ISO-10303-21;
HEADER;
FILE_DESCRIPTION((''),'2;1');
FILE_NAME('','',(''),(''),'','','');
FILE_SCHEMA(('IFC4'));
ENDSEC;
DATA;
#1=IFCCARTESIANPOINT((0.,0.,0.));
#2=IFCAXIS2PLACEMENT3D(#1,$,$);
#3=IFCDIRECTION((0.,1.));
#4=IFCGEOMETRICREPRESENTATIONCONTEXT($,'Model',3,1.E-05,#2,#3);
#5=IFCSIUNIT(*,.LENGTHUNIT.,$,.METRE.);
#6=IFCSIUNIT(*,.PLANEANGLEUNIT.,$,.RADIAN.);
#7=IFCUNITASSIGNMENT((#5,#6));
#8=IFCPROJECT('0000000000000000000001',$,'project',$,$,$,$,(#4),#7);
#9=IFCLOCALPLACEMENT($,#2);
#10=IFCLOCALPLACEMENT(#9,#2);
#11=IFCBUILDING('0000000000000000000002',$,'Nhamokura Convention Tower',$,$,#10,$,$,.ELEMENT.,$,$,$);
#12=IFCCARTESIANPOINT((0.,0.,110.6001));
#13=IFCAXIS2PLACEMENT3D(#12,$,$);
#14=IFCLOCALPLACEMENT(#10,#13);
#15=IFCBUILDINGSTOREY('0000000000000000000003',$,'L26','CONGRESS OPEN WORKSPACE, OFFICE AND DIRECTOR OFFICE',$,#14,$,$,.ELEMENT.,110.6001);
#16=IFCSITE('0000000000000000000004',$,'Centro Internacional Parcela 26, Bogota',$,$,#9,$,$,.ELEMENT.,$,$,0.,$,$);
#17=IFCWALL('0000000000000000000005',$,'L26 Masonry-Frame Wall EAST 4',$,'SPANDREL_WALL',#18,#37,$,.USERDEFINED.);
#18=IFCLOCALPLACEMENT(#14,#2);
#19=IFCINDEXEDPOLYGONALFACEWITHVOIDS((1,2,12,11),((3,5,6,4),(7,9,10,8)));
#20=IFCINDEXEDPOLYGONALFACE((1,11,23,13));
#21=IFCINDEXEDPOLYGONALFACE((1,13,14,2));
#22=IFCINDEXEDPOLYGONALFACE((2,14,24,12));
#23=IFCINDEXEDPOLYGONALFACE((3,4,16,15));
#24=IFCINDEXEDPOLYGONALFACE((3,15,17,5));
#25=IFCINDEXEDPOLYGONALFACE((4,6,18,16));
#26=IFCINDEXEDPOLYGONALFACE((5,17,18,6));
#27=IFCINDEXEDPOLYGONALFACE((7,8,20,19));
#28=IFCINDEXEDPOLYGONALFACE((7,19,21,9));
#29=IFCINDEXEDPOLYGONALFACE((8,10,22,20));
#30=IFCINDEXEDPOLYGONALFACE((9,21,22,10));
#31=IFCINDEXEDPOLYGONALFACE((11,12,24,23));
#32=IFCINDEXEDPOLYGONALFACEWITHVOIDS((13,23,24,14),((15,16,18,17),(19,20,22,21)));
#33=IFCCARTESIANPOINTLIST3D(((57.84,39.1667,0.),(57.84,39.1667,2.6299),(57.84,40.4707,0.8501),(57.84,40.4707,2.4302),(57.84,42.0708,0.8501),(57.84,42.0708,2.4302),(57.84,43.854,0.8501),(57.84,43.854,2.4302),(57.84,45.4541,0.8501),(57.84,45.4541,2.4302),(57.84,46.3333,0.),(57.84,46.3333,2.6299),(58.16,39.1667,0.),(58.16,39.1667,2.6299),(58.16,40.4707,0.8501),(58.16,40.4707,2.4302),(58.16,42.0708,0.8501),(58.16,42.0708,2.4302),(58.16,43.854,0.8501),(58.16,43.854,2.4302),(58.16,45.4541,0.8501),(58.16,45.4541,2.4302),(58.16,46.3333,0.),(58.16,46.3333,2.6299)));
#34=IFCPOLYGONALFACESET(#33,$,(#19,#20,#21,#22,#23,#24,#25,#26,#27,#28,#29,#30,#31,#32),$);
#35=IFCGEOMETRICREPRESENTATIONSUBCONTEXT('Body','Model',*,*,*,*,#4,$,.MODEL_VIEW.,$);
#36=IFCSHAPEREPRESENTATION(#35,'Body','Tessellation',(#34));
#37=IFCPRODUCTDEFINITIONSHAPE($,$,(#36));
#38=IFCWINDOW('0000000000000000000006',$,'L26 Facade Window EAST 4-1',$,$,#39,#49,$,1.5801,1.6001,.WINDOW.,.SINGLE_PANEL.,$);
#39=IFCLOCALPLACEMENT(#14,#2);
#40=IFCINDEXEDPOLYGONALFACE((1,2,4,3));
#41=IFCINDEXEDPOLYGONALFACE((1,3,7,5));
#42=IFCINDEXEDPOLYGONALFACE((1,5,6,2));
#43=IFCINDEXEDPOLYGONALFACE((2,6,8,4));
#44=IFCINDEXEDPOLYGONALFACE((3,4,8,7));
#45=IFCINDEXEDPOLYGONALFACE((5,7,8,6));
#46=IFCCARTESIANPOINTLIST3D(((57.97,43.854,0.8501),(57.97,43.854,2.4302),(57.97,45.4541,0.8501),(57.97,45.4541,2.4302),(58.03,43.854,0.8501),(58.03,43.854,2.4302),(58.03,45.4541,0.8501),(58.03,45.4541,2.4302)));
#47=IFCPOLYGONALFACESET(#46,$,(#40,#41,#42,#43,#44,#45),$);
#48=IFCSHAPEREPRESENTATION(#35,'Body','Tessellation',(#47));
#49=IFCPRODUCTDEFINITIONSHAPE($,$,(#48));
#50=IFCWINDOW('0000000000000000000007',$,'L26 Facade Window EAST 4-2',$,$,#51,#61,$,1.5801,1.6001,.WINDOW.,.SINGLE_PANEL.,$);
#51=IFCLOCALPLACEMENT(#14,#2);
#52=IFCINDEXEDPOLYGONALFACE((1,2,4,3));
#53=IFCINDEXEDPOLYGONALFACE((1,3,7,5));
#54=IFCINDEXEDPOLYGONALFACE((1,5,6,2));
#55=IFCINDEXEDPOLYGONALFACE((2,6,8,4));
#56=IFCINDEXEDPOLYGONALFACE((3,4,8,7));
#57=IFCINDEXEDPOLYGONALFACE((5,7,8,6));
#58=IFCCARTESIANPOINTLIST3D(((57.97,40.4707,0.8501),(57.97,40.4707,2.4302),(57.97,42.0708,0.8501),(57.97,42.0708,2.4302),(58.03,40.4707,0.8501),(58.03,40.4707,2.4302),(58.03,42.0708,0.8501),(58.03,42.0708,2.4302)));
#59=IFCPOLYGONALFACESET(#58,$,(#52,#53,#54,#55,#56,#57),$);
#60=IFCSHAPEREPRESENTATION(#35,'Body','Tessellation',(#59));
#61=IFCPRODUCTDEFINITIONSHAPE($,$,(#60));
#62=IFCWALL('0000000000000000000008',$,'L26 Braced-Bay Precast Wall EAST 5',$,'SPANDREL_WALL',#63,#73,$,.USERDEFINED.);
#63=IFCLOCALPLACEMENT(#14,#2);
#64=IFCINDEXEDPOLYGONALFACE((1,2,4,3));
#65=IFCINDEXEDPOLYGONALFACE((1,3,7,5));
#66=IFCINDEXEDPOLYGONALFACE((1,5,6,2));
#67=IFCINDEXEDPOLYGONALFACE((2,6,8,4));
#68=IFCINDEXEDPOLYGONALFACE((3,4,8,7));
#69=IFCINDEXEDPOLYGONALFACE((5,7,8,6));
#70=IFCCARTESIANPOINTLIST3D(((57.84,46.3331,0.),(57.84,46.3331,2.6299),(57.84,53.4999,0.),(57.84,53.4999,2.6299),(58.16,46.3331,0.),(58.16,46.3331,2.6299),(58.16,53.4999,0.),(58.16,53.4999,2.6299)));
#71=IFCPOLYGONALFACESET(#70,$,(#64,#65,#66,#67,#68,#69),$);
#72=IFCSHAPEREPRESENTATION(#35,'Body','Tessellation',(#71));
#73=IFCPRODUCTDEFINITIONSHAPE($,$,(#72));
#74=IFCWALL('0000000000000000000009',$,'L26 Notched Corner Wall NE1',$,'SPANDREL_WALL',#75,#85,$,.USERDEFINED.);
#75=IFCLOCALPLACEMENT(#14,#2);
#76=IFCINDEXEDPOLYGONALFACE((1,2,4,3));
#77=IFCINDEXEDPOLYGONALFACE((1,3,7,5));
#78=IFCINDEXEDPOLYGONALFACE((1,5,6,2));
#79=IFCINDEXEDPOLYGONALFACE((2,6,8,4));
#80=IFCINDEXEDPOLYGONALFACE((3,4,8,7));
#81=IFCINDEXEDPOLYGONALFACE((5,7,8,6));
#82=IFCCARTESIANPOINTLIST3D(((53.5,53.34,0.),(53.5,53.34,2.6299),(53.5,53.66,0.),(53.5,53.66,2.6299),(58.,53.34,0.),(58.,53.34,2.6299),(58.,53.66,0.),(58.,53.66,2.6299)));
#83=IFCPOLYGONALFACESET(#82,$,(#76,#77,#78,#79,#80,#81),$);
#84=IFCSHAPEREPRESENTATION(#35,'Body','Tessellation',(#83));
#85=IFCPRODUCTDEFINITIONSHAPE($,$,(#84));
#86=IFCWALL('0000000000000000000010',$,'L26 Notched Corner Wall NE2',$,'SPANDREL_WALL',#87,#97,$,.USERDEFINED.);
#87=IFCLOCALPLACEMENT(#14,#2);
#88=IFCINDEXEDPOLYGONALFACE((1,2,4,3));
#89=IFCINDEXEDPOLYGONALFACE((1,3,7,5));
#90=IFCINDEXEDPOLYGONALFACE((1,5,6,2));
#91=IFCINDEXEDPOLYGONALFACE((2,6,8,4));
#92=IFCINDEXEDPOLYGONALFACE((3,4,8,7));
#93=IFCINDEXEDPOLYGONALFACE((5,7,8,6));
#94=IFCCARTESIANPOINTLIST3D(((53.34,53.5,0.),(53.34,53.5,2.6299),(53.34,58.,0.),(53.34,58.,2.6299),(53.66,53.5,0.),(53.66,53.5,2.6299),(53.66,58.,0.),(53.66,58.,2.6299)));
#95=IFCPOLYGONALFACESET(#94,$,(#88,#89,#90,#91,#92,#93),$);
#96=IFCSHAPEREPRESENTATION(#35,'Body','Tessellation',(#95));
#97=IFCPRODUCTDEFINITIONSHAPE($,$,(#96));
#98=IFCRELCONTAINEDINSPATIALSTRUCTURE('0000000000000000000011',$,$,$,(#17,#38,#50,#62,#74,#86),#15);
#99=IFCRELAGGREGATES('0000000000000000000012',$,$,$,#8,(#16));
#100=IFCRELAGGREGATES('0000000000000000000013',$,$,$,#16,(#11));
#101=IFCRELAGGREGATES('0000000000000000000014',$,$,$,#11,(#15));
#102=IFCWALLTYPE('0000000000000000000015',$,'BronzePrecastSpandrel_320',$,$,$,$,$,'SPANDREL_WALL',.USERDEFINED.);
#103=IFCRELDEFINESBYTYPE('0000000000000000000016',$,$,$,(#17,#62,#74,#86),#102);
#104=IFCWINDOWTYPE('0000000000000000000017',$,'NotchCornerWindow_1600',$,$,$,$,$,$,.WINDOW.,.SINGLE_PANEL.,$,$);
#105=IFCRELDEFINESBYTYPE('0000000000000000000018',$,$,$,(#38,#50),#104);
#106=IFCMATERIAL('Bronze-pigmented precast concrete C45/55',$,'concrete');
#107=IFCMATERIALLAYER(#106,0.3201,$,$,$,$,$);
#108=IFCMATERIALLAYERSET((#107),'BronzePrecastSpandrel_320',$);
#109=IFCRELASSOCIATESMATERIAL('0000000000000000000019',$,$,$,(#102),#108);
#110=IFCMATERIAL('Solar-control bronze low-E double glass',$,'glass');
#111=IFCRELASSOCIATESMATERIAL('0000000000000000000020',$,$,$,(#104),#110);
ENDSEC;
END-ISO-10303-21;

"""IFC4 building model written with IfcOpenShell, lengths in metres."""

from ifc_helpers import new_model, si_unit, direction, frame, frame_2d, origin, place, context, subcontext, project, spatial, rectangle, extrude, material, layer, layer_set, type_object, element, fill, save


model = new_model("IFC4")

# Units and contexts
model_context = context("Model", 3, precision=1e-05, world=origin(), true_north=direction((0.0, 1.0)))
body_context = subcontext(model_context, "Body", "Model", "MODEL_VIEW")
ifc_project = project(units=[si_unit("LENGTHUNIT", "METRE"), si_unit("PLANEANGLEUNIT", "RADIAN")], contexts=[model_context])

# Site, building, storey
site_placement = place(None, origin())
site = spatial("IfcSite", under=ifc_project, at=site_placement, Name="Centro Internacional Parcela 26, Bogota", CompositionType="ELEMENT", RefElevation=0.0)
building_placement = place(site_placement, origin())
building = spatial("IfcBuilding", under=site, at=building_placement, Name="Nhamokura Convention Tower", CompositionType="ELEMENT")
storey_placement = place(building_placement, frame((0.0, 0.0, 110.6001)))
storey = spatial("IfcBuildingStorey", under=building, at=storey_placement, Name="L26", Description="CONGRESS OPEN WORKSPACE, OFFICE AND DIRECTOR OFFICE", CompositionType="ELEMENT", Elevation=110.6001)

# Shared definitions
ifc_material_1 = material(Name="Bronze-pigmented precast concrete C45/55", Category="concrete")
ifc_layer = layer(ifc_material_1, 0.3201)
ifc_layer_set = layer_set([ifc_layer], Name="BronzePrecastSpandrel_320")
wall_type = type_object("IfcWallType", Name="BronzePrecastSpandrel_320", ElementType="SPANDREL_WALL", PredefinedType="USERDEFINED", material=ifc_layer_set)

# Wall, openings, windows
wall_1_placement = place(storey_placement, frame((58.0, 46.3333, 0.0), z_axis=(0.0, 0.0, 1.0), x_axis=(0.0, -1.0, 0.0)))
wall_1 = element("IfcWall", 1, at=wall_1_placement, inside=storey, type_object=wall_type, Name="L26 Masonry-Frame Wall EAST 4", ObjectType="SPANDREL_WALL", PredefinedType="USERDEFINED", context=body_context, shape_type="SweptSolid", body=[
    extrude(rectangle(XDim=7.1665, YDim=0.3201, at=frame_2d((3.5833, 0.0))), origin(), (0.0, 0.0, 1.0), 2.6299),
])
opening_1_placement = place(wall_1_placement, frame((0.8792, 0.0, 0.8501)))
opening_1 = element("IfcOpeningElement", 2, at=opening_1_placement, cuts=wall_1, PredefinedType="OPENING", context=body_context, shape_type="SweptSolid", body=[
    extrude(rectangle(XDim=1.6001, YDim=1.5801, at=frame_2d((0.8, 0.79))), frame((0.0, 0.1699, 0.0), z_axis=(0.0, -1.0, 0.0), x_axis=(1.0, 0.0, 0.0)), (0.0, 0.0, 1.0), 0.3401),
])
opening_2_placement = place(wall_1_placement, frame((4.2625, 0.0, 0.8501)))
opening_2 = element("IfcOpeningElement", 3, at=opening_2_placement, cuts=wall_1, PredefinedType="OPENING", context=body_context, shape_type="SweptSolid", body=[
    extrude(rectangle(XDim=1.6001, YDim=1.5801, at=frame_2d((0.8, 0.79))), frame((0.0, 0.1699, 0.0), z_axis=(0.0, -1.0, 0.0), x_axis=(1.0, 0.0, 0.0)), (0.0, 0.0, 1.0), 0.3401),
])
ifc_material_2 = material(Name="Solar-control bronze low-E double glass", Category="glass")
window_type = type_object("IfcWindowType", Name="NotchCornerWindow_1600", PartitioningType="SINGLE_PANEL", PredefinedType="WINDOW", material=ifc_material_2)
window_1_placement = place(opening_1_placement, origin())
window_1 = element("IfcWindow", 4, at=window_1_placement, inside=storey, type_object=window_type, Name="L26 Facade Window EAST 4-1", OverallHeight=1.5801, OverallWidth=1.6001, PartitioningType="SINGLE_PANEL", PredefinedType="WINDOW", context=body_context, shape_type="SweptSolid", body=[
    extrude(rectangle(XDim=1.6001, YDim=1.5801, at=frame_2d((0.8, 0.79))), frame((0.0, 0.03, 0.0), z_axis=(0.0, -1.0, 0.0), x_axis=(1.0, 0.0, 0.0)), (0.0, 0.0, 1.0), 0.0601),
])
fill(opening_1, window_1)
window_2_placement = place(opening_2_placement, origin())
window_2 = element("IfcWindow", 5, at=window_2_placement, inside=storey, type_object=window_type, Name="L26 Facade Window EAST 4-2", OverallHeight=1.5801, OverallWidth=1.6001, PartitioningType="SINGLE_PANEL", PredefinedType="WINDOW", context=body_context, shape_type="SweptSolid", body=[
    extrude(rectangle(XDim=1.6001, YDim=1.5801, at=frame_2d((0.8, 0.79))), frame((0.0, 0.03, 0.0), z_axis=(0.0, -1.0, 0.0), x_axis=(1.0, 0.0, 0.0)), (0.0, 0.0, 1.0), 0.0601),
])
fill(opening_2, window_2)

# Walls
wall_2_placement = place(storey_placement, frame((58.0, 53.5, 0.0), z_axis=(0.0, 0.0, 1.0), x_axis=(0.0, -1.0, 0.0)))
element("IfcWall", 6, at=wall_2_placement, inside=storey, type_object=wall_type, Name="L26 Braced-Bay Precast Wall EAST 5", ObjectType="SPANDREL_WALL", PredefinedType="USERDEFINED", context=body_context, shape_type="SweptSolid", body=[
    extrude(rectangle(XDim=7.1667, YDim=0.3201, at=frame_2d((3.5835, 0.0))), origin(), (0.0, 0.0, 1.0), 2.6299),
])
for number, where, z_axis, x_axis, name in (
    (7, (53.5, 53.5, 0.0), (0.0, 0.0, 1.0), (1.0, 0.0, 0.0), "L26 Notched Corner Wall NE1"),
    (8, (53.5, 58.0, 0.0), (0.0, 0.0, 1.0), (0.0, -1.0, 0.0), "L26 Notched Corner Wall NE2"),
):
    element("IfcWall", number, at=place(storey_placement, frame(where, z_axis=z_axis, x_axis=x_axis)), inside=storey, type_object=wall_type, Name=name, ObjectType="SPANDREL_WALL", PredefinedType="USERDEFINED", context=body_context, shape_type="SweptSolid", body=[
        extrude(rectangle(XDim=4.5, YDim=0.3201, at=frame_2d((2.25, 0.0))), origin(), (0.0, 0.0, 1.0), 2.6299),
    ])

save(model, "model.ifc")
